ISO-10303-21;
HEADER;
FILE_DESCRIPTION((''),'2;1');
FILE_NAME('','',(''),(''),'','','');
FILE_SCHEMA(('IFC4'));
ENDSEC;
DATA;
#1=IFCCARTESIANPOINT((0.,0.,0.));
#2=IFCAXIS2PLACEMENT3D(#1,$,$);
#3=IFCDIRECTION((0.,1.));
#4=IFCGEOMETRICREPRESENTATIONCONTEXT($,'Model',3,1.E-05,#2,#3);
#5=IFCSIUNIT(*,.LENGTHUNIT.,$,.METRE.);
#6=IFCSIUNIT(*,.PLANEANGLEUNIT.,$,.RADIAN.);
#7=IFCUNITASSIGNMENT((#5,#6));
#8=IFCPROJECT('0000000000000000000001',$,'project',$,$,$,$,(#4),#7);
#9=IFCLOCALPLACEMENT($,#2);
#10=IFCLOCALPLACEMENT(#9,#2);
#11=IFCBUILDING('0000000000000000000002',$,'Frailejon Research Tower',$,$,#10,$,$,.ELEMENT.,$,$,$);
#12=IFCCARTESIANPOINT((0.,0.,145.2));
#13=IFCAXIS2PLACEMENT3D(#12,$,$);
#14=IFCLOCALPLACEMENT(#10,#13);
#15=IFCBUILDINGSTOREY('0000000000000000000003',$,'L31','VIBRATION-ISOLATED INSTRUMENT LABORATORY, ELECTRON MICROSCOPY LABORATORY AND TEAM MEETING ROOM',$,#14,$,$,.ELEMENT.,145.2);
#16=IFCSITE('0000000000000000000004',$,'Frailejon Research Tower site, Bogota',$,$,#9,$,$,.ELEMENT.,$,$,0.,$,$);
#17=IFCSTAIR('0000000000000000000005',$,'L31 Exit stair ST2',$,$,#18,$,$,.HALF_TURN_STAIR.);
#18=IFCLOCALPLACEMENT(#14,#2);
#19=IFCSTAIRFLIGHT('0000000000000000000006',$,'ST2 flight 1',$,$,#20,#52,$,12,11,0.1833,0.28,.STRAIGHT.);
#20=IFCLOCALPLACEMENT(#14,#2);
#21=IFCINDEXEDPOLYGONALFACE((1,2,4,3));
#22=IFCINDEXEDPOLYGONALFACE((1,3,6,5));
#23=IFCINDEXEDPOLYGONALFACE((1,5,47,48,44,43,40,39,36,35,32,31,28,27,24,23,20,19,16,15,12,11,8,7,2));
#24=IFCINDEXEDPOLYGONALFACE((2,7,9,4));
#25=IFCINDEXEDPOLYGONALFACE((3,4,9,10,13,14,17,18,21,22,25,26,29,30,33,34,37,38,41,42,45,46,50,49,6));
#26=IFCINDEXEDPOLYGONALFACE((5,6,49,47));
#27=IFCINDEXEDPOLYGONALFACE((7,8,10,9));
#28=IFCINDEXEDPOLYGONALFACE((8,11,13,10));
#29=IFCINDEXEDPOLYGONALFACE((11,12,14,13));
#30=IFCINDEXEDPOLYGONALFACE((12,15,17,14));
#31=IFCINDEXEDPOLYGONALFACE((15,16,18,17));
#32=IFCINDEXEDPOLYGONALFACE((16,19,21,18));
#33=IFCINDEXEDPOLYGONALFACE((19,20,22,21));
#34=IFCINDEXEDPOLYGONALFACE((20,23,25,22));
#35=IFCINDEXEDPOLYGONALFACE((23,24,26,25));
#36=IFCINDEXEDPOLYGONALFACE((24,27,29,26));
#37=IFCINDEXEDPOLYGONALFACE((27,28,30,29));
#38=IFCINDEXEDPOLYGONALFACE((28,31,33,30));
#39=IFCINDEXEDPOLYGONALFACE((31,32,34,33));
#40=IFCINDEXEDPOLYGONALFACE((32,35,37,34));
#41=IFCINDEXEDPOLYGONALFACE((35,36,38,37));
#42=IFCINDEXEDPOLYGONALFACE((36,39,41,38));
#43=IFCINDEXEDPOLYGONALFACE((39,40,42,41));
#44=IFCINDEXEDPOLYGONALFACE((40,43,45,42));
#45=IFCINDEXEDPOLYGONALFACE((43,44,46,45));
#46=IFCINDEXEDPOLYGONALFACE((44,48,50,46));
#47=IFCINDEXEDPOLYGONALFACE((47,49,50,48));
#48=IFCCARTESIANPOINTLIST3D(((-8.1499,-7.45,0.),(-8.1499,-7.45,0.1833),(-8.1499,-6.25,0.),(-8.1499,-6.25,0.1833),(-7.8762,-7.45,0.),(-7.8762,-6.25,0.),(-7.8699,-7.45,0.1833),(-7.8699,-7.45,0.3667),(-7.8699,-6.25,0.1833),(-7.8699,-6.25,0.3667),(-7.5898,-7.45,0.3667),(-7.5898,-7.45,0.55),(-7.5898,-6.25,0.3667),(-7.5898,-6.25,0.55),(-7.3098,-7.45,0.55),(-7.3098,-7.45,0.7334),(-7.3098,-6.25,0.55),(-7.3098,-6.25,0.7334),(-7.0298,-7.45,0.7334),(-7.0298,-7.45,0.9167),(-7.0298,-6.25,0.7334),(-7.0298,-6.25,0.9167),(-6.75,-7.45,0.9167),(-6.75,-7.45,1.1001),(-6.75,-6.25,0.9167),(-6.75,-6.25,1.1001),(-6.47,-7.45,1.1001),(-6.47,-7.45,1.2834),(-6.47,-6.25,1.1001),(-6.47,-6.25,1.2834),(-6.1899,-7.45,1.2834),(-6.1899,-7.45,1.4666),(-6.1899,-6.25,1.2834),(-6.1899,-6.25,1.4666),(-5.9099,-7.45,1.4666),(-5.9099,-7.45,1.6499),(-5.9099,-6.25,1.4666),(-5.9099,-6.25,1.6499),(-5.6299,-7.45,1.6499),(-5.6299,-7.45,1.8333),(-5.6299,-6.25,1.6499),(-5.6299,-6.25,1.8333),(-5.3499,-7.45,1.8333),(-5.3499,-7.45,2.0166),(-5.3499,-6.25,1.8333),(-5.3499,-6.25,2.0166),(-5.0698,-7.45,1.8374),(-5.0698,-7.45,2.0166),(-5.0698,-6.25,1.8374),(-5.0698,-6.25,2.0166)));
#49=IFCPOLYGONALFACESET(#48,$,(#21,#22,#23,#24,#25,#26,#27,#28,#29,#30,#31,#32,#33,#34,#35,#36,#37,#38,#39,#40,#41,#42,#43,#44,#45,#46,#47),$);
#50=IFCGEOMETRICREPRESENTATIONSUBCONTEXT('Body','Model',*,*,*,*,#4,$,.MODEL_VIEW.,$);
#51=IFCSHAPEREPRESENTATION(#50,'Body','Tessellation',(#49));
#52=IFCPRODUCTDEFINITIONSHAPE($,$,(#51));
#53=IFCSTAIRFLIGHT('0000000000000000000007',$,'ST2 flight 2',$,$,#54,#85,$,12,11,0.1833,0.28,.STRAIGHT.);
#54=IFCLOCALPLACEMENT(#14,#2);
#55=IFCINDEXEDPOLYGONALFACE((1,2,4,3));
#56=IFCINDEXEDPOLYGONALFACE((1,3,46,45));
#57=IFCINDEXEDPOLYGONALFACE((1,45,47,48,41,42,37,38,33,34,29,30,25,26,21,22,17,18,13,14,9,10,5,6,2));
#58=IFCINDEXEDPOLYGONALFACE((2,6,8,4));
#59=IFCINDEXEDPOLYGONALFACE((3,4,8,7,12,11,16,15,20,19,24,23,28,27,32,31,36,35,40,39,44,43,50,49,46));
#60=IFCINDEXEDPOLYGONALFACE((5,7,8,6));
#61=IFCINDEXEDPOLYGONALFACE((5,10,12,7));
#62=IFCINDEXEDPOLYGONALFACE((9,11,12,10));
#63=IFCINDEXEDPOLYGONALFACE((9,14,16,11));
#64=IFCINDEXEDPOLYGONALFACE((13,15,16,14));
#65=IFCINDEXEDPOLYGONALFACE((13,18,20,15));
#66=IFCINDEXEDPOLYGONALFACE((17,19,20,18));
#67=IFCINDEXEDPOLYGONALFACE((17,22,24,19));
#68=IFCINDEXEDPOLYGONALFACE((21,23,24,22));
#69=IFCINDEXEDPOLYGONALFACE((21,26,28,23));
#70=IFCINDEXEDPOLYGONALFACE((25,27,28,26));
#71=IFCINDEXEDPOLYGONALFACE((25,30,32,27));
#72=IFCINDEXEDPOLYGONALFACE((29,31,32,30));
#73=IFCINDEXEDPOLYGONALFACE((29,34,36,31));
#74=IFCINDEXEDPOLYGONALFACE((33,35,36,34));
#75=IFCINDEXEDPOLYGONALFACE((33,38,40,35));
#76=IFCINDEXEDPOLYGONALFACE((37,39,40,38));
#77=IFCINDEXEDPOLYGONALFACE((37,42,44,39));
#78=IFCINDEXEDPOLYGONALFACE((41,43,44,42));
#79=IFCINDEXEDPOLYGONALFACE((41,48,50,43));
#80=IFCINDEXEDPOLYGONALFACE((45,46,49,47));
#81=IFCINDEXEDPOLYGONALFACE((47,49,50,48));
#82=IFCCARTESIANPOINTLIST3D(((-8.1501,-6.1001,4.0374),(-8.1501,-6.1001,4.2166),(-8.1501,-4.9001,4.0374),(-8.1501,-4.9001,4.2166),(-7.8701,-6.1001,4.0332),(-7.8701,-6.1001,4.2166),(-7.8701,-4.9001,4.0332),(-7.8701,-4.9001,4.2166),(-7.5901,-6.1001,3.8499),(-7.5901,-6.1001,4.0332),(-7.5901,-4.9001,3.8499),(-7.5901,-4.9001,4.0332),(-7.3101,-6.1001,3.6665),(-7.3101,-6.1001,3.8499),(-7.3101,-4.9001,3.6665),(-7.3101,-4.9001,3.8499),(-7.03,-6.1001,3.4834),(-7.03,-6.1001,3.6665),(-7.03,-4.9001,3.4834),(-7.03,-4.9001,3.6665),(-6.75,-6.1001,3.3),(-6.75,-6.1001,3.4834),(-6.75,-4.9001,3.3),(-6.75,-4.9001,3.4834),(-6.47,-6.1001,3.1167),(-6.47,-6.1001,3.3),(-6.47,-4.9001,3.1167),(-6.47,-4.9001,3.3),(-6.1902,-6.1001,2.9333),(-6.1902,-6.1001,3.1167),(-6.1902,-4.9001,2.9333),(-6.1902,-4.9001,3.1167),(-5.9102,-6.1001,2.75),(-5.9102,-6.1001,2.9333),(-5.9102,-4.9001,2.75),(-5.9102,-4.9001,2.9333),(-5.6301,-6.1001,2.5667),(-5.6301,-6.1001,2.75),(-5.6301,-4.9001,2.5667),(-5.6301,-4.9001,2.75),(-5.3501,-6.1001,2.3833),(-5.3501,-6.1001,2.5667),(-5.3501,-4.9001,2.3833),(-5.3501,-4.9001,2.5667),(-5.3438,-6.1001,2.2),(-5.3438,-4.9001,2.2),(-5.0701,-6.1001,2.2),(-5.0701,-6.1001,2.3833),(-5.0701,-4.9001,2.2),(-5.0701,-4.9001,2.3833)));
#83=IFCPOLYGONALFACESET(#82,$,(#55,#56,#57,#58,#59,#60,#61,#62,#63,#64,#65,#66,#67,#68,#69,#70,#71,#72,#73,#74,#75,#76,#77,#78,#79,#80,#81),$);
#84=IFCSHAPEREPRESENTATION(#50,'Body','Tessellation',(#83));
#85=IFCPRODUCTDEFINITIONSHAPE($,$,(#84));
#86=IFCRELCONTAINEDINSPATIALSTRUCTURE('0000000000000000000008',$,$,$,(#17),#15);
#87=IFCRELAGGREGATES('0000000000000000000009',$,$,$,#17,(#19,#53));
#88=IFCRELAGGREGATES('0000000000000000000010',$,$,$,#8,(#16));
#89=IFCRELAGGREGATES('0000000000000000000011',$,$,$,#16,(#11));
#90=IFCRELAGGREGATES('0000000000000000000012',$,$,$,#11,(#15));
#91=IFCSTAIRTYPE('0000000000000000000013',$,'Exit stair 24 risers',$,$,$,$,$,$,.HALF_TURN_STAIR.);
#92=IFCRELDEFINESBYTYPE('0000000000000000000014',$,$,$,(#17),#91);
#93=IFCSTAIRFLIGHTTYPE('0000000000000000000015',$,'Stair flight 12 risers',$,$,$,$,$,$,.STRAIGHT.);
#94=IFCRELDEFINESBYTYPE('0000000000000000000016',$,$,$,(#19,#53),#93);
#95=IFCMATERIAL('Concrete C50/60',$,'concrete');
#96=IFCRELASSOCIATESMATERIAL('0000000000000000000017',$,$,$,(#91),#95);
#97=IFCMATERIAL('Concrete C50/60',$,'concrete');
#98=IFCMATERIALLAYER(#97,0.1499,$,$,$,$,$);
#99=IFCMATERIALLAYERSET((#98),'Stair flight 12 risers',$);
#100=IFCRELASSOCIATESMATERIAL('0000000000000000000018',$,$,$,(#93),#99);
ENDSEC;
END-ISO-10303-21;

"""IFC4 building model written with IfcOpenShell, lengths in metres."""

from ifc_helpers import new_model, si_unit, direction, frame, origin, place, context, subcontext, project, spatial, polyline, outline, extrude, material, layer, layer_set, type_object, element, aggregate, save


model = new_model("IFC4")

# Units and contexts
model_context = context("Model", 3, precision=1e-05, world=origin(), true_north=direction((0.0, 1.0)))
body_context = subcontext(model_context, "Body", "Model", "MODEL_VIEW")
ifc_project = project(units=[si_unit("LENGTHUNIT", "METRE"), si_unit("PLANEANGLEUNIT", "RADIAN")], contexts=[model_context])

# Site, building, storey
site_placement = place(None, origin())
site = spatial("IfcSite", under=ifc_project, at=site_placement, Name="Frailejon Research Tower site, Bogota", CompositionType="ELEMENT", RefElevation=0.0)
building_placement = place(site_placement, origin())
building = spatial("IfcBuilding", under=site, at=building_placement, Name="Frailejon Research Tower", CompositionType="ELEMENT")
storey_placement = place(building_placement, frame((0.0, 0.0, 145.2)))
storey = spatial("IfcBuildingStorey", under=building, at=storey_placement, Name="L31", Description="VIBRATION-ISOLATED INSTRUMENT LABORATORY, ELECTRON MICROSCOPY LABORATORY AND TEAM MEETING ROOM", CompositionType="ELEMENT", Elevation=145.2)

# Stair, stair flights
ifc_material_1 = material(Name="Concrete C50/60", Category="concrete")
stair_type = type_object("IfcStairType", Name="Exit stair 24 risers", PredefinedType="HALF_TURN_STAIR", material=ifc_material_1)
stair_placement = place(storey_placement, origin())
stair = element("IfcStair", 1, at=stair_placement, inside=storey, type_object=stair_type, Name="L31 Exit stair ST2", PredefinedType="HALF_TURN_STAIR")
ifc_material_2 = material(Name="Concrete C50/60", Category="concrete")
ifc_layer_1 = layer(ifc_material_2, 0.1499)
ifc_layer_set_1 = layer_set([ifc_layer_1], Name="Stair flight 12 risers")
stair_flight_type = type_object("IfcStairFlightType", Name="Stair flight 12 risers", PredefinedType="STRAIGHT", material=ifc_layer_set_1)
stair_flight_1_placement = place(storey_placement, frame((-8.1499, -6.8501, 0.0), z_axis=(0.0, 0.0, 1.0), x_axis=(1.0, 0.0, 0.0)))
stair_flight_1 = element("IfcStairFlight", 2, at=stair_flight_1_placement, type_object=stair_flight_type, Name="ST2 flight 1", NumberOfRisers=12, NumberOfTreads=11, PredefinedType="STRAIGHT", RiserHeight=0.1833, TreadLength=0.28, context=body_context, shape_type="SweptSolid", body=[
    extrude(outline(polyline([(0.0, 0.0), (0.0, 0.1833), (0.28, 0.1833), (0.28, 0.3667), (0.5601, 0.3667), (0.5601, 0.55), (0.8401, 0.55), (0.8401, 0.7334), (1.1201, 0.7334), (1.1201, 0.9167), (1.3999, 0.9167), (1.3999, 1.1001), (1.6799, 1.1001), (1.6799, 1.2834), (1.96, 1.2834), (1.96, 1.4666), (2.24, 1.4666), (2.24, 1.6499), (2.52, 1.6499), (2.52, 1.8333), (2.8, 1.8333), (2.8, 2.0166), (3.0801, 2.0166), (3.0801, 2.2), (3.0801, 1.8374), (0.2737, 0.0), (0.0, 0.0)])), frame((0.0, 0.6001, 0.0), z_axis=(0.0, -1.0, 0.0), x_axis=(1.0, 0.0, 0.0)), (0.0, 0.0, 1.0), 1.2),
])
stair_flight_2_placement = place(storey_placement, frame((-5.0701, -5.5, 2.2), z_axis=(0.0, 0.0, 1.0), x_axis=(-1.0, 0.0, 0.0)))
stair_flight_2 = element("IfcStairFlight", 3, at=stair_flight_2_placement, type_object=stair_flight_type, Name="ST2 flight 2", NumberOfRisers=12, NumberOfTreads=11, PredefinedType="STRAIGHT", RiserHeight=0.1833, TreadLength=0.28, context=body_context, shape_type="SweptSolid", body=[
    extrude(outline(polyline([(0.0, 0.0), (0.0, 0.1833), (0.28, 0.1833), (0.28, 0.3667), (0.5601, 0.3667), (0.5601, 0.55), (0.8401, 0.55), (0.8401, 0.7334), (1.1201, 0.7334), (1.1201, 0.9167), (1.3999, 0.9167), (1.3999, 1.1001), (1.6799, 1.1001), (1.6799, 1.2834), (1.96, 1.2834), (1.96, 1.4666), (2.24, 1.4666), (2.24, 1.6499), (2.52, 1.6499), (2.52, 1.8333), (2.8, 1.8333), (2.8, 2.0166), (3.0801, 2.0166), (3.0801, 2.2), (3.0801, 1.8374), (0.2737, 0.0), (0.0, 0.0)])), frame((0.0, 0.6001, 0.0), z_axis=(0.0, -1.0, 0.0), x_axis=(1.0, 0.0, 0.0)), (0.0, 0.0, 1.0), 1.2),
])
aggregate(stair, [stair_flight_1, stair_flight_2])

save(model, "model.ifc")
